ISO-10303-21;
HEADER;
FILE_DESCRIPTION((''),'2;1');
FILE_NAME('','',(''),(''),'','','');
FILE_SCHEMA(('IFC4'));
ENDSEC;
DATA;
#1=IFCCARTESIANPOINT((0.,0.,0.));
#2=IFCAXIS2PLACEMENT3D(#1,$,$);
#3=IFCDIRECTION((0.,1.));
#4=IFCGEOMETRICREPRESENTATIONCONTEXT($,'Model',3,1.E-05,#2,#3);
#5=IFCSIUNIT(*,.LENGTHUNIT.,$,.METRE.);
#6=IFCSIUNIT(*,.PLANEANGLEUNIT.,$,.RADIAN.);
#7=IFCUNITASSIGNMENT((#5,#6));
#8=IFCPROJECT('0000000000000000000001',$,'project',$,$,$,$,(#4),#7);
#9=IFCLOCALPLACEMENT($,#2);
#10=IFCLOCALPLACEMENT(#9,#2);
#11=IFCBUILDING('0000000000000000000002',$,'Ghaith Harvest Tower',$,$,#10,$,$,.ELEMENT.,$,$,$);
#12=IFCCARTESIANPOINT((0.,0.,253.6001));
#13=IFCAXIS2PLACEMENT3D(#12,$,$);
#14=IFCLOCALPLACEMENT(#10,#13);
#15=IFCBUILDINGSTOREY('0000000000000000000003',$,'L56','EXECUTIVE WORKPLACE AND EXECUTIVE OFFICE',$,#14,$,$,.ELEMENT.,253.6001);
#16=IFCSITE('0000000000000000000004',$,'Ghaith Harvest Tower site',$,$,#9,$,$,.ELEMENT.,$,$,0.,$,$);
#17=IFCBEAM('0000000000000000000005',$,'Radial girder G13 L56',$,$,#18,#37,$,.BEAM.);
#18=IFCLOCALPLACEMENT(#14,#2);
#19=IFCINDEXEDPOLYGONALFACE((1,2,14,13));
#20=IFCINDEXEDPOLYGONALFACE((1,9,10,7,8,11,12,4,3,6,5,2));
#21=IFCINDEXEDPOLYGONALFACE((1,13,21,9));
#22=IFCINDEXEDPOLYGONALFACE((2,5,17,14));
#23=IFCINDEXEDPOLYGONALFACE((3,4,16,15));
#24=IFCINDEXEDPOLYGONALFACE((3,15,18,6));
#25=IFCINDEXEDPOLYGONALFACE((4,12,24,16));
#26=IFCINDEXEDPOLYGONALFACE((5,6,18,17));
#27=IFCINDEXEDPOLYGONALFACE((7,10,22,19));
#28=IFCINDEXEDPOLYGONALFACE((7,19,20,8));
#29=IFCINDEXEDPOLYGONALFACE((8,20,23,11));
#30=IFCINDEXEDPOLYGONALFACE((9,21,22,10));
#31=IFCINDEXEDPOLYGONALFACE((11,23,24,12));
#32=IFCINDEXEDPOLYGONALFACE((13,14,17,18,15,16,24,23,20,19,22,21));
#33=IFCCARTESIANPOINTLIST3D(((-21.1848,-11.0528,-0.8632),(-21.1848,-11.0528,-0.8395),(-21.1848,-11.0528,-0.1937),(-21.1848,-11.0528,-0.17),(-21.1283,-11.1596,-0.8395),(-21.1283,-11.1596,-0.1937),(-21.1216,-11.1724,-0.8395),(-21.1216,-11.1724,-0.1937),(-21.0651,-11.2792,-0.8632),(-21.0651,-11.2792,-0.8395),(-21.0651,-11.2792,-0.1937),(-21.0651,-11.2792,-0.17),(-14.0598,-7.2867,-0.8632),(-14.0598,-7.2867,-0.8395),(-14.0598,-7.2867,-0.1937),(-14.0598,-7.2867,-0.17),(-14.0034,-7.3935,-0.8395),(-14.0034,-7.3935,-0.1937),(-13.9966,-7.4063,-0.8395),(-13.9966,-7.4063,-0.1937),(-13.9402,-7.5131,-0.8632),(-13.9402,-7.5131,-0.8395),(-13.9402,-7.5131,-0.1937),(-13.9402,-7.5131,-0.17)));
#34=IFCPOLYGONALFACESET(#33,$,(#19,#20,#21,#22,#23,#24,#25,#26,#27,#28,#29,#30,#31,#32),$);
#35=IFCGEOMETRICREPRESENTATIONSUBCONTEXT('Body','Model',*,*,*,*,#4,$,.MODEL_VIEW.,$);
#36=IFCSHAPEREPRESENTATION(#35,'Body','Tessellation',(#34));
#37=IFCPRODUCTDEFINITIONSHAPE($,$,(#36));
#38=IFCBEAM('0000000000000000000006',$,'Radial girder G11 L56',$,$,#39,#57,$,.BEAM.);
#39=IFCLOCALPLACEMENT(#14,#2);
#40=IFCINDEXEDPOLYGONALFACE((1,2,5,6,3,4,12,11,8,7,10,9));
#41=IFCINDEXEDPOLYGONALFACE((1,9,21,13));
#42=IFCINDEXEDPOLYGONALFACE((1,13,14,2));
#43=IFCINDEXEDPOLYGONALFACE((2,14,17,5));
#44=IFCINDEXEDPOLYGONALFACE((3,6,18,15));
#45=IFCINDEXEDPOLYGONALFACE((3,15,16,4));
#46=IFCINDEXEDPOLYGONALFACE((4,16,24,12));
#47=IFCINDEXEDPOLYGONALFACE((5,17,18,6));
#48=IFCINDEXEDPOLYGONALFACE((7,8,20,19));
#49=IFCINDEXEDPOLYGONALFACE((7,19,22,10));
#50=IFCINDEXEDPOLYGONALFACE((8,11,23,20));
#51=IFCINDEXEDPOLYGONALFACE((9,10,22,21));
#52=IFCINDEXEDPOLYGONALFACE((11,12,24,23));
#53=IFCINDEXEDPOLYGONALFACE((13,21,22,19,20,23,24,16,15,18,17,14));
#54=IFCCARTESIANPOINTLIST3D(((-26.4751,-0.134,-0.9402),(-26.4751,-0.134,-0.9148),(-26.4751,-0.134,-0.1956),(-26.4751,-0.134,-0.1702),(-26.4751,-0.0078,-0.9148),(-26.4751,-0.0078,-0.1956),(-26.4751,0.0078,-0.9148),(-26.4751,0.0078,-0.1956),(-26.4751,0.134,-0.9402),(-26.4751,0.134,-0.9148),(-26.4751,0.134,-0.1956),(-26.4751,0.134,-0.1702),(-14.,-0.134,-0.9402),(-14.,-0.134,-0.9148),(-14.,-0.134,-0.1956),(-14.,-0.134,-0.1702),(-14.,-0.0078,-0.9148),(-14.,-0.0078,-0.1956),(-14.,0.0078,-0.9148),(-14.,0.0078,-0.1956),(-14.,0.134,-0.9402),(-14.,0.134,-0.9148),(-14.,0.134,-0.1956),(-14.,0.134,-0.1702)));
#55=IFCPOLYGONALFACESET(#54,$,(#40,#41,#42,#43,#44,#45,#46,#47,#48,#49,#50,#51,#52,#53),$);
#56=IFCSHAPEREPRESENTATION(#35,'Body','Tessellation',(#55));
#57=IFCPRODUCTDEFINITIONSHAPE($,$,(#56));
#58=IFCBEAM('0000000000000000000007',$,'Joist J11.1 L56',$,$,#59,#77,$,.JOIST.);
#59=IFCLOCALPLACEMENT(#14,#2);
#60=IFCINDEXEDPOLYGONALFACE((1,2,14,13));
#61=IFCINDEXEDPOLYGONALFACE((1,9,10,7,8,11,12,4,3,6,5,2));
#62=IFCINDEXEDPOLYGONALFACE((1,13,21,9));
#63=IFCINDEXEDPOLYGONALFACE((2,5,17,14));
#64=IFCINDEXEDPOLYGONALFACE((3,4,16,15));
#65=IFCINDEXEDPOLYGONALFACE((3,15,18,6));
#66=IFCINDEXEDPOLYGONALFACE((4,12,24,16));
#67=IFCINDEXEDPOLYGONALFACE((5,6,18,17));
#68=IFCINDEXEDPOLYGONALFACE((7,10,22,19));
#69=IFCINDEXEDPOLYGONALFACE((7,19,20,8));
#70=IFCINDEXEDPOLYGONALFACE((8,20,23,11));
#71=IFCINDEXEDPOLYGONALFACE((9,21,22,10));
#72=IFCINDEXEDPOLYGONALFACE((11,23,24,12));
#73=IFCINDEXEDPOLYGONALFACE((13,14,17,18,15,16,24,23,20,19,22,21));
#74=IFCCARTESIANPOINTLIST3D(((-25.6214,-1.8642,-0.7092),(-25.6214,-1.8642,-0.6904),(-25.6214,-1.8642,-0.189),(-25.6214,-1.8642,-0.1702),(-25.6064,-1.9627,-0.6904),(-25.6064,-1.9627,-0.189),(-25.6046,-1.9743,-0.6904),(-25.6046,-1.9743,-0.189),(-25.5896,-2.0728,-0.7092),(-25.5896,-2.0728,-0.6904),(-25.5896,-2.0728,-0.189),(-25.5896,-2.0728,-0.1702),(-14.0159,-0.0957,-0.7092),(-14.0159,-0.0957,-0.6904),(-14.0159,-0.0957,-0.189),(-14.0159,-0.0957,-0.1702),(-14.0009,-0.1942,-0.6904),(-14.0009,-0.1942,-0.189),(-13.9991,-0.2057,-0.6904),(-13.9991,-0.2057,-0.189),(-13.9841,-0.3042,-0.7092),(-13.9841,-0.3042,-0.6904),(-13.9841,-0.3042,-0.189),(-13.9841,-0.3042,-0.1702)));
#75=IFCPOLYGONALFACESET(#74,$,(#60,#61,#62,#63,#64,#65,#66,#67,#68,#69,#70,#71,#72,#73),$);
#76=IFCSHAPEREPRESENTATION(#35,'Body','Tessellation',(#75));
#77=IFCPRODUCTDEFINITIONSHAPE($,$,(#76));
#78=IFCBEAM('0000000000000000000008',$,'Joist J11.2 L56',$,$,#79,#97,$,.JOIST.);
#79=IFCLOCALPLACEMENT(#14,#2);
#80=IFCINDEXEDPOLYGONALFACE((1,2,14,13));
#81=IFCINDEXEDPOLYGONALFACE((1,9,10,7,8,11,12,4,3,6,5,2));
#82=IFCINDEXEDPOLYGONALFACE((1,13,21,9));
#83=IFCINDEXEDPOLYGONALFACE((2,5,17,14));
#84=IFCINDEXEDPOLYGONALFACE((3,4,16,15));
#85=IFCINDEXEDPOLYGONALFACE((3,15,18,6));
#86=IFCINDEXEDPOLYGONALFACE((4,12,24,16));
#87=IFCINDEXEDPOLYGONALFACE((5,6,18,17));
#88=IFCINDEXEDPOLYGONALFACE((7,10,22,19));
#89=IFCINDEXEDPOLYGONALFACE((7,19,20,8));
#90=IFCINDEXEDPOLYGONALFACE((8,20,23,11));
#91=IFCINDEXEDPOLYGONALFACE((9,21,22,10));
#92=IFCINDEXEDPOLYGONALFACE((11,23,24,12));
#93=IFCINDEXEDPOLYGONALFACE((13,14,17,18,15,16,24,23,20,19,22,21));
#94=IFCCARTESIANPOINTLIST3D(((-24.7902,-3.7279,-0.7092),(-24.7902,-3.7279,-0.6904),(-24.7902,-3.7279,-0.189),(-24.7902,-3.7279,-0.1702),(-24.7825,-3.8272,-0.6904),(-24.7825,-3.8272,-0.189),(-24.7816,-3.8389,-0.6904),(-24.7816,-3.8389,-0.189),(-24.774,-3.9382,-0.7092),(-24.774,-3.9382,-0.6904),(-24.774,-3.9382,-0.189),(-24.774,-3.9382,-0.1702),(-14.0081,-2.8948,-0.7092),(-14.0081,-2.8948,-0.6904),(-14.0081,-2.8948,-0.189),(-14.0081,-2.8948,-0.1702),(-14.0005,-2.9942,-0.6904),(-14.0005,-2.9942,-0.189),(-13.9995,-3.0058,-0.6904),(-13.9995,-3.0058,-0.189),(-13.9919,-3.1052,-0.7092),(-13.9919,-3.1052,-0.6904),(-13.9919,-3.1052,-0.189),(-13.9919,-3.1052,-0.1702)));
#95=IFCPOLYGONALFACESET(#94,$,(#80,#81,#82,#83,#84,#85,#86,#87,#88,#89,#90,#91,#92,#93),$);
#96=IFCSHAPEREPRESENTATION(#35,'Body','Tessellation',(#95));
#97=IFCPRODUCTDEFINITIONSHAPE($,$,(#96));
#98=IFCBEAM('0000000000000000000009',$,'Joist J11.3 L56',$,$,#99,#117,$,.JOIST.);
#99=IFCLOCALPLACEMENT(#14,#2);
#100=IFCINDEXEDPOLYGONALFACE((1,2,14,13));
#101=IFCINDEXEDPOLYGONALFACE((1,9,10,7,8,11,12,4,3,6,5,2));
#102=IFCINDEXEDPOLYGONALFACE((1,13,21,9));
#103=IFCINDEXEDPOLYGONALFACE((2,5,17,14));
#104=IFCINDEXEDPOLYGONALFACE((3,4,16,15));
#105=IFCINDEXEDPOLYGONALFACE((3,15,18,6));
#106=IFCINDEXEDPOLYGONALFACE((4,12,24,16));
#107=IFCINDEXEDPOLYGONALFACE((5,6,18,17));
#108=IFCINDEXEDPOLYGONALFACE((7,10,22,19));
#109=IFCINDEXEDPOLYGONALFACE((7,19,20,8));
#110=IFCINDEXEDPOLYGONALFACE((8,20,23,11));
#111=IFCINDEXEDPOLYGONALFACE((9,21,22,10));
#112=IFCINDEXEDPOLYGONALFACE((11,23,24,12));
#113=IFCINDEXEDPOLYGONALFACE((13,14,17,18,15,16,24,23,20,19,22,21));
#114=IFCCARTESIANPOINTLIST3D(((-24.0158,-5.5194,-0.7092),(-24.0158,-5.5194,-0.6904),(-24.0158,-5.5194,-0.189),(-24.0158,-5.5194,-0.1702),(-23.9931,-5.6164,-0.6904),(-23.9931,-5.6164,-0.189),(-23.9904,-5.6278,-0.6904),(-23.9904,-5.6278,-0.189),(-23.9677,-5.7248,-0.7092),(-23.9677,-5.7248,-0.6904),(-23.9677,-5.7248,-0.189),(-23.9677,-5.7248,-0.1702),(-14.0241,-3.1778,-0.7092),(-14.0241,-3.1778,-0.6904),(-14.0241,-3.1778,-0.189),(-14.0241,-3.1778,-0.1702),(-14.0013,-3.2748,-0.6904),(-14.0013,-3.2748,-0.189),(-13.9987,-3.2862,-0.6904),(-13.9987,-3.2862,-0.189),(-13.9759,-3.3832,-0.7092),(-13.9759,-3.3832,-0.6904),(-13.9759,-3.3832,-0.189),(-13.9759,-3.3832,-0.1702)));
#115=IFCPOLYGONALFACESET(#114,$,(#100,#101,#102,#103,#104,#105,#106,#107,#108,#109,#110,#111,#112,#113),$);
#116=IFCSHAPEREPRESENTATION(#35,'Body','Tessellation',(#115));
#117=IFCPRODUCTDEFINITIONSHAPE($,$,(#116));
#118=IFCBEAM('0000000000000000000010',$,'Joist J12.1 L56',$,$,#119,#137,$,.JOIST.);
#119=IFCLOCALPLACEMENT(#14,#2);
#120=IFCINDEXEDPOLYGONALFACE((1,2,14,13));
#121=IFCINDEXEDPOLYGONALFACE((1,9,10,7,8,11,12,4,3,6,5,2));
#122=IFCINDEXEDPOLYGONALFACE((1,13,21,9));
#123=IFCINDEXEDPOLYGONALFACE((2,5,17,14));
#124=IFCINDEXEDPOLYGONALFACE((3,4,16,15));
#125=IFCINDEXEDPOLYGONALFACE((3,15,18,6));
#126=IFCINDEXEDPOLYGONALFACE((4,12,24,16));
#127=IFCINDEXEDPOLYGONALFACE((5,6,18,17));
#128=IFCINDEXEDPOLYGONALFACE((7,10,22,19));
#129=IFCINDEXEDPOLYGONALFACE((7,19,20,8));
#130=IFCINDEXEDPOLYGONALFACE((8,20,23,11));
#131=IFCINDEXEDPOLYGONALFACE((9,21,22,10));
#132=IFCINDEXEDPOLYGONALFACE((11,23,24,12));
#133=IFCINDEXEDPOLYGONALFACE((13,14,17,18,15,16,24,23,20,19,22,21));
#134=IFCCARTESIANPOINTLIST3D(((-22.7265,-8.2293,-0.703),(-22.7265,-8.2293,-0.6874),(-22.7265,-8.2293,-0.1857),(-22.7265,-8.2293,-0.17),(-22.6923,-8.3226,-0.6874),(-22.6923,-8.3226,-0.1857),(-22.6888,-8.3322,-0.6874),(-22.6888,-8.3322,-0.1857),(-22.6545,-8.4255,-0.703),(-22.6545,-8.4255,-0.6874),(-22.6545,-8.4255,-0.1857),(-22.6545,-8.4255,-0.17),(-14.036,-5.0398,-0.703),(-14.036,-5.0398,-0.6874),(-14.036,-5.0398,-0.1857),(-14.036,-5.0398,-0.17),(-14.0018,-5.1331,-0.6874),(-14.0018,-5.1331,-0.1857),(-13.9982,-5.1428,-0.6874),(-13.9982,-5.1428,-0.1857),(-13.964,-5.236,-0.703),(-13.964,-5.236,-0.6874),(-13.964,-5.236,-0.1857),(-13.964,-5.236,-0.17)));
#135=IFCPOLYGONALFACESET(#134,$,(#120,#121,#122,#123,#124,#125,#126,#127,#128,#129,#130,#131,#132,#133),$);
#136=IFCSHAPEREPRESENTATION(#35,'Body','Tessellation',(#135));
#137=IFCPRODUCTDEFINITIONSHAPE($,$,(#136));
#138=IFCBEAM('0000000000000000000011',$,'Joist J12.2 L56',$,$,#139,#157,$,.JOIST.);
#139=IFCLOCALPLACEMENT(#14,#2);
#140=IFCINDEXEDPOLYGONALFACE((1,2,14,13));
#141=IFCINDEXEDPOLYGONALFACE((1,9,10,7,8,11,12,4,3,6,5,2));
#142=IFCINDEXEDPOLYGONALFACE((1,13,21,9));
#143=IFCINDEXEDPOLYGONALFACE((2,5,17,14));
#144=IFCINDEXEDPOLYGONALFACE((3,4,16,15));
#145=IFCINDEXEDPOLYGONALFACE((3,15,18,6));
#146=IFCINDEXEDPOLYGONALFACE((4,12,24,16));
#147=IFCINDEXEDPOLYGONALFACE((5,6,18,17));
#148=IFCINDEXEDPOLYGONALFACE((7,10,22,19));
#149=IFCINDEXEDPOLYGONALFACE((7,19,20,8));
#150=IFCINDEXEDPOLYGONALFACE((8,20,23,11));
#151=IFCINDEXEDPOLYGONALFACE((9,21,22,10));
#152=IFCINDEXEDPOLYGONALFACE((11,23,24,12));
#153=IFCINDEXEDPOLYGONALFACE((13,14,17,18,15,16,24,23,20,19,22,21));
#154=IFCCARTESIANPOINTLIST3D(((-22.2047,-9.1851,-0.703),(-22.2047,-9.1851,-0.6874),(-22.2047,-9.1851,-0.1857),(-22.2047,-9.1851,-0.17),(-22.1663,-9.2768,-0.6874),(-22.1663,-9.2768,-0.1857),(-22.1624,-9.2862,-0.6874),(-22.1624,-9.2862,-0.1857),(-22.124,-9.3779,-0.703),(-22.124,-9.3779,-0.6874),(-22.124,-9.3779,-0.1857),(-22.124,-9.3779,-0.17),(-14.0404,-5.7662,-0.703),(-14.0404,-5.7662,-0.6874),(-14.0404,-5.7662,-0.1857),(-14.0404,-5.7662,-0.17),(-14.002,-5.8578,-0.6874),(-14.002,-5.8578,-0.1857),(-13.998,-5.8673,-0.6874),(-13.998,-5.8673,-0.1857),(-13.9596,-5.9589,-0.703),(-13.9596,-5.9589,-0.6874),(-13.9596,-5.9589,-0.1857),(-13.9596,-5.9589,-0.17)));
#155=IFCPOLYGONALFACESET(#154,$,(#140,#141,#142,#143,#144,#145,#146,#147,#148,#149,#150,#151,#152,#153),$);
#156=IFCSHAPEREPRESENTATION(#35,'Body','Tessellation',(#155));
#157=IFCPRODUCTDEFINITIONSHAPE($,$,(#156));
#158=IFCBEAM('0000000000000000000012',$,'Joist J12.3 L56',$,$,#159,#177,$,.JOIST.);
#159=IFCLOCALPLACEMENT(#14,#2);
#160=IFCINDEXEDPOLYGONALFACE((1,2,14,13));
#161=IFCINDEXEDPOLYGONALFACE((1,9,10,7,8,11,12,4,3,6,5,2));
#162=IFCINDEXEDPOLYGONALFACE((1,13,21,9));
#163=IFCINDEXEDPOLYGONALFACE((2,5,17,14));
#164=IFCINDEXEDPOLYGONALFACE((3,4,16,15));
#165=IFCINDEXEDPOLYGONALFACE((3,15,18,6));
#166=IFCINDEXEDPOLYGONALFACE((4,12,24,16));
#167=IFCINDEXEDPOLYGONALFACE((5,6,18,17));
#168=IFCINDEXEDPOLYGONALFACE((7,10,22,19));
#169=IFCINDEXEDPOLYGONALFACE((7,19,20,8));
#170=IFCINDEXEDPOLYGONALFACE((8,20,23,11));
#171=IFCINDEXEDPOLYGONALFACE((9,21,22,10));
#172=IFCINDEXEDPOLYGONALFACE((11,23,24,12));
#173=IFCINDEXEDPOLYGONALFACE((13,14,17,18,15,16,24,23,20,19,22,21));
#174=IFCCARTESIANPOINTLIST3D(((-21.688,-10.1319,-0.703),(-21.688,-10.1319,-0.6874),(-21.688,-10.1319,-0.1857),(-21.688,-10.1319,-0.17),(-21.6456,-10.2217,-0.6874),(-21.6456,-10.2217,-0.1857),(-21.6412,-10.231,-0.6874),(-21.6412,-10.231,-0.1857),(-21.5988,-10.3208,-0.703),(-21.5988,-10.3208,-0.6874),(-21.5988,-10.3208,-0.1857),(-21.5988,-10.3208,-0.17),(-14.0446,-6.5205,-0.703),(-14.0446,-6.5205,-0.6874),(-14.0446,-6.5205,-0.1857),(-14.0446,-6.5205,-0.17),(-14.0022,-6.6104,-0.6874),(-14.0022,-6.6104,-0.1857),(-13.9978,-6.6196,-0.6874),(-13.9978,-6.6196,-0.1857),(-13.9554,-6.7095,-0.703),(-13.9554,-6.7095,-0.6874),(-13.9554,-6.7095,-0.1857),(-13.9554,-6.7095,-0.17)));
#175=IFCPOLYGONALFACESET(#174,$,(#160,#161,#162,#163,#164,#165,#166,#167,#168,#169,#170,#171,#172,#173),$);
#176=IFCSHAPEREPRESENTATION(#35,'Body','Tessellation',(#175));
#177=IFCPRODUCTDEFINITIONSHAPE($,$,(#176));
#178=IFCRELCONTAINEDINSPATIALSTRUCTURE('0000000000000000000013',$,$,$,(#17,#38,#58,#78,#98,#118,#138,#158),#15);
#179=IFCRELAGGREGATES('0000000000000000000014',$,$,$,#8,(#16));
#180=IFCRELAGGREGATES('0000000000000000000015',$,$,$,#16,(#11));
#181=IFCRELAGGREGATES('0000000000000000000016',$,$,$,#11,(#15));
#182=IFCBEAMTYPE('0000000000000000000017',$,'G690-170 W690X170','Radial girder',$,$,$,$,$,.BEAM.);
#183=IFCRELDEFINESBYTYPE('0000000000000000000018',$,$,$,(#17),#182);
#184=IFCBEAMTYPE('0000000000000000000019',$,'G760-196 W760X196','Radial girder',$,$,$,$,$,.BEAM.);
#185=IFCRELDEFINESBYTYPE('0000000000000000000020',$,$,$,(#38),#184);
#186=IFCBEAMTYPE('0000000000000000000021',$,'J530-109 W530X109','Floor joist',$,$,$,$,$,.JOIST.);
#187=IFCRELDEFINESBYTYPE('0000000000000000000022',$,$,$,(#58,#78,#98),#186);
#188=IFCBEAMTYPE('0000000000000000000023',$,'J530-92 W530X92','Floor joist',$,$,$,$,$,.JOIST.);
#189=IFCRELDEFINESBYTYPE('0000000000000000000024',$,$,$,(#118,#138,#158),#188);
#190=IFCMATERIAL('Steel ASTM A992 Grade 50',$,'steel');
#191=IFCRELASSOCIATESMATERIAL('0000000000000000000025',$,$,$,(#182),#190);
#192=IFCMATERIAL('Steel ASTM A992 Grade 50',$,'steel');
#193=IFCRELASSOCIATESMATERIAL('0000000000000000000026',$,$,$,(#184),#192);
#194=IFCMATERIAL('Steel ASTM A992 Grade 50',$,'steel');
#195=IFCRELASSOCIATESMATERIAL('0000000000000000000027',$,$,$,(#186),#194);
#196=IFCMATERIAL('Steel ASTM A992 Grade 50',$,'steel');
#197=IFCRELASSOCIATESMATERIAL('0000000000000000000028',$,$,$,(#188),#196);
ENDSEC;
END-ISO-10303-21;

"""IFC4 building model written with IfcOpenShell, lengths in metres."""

from ifc_helpers import new_model, si_unit, direction, frame, origin, origin_2d, place, context, subcontext, project, spatial, i_section, extrude, material, material_profile, profile_set, type_object, element, save


model = new_model("IFC4")

# Units and contexts
model_context = context("Model", 3, precision=1e-05, world=origin(), true_north=direction((0.0, 1.0)))
body_context = subcontext(model_context, "Body", "Model", "MODEL_VIEW")
ifc_project = project(units=[si_unit("LENGTHUNIT", "METRE"), si_unit("PLANEANGLEUNIT", "RADIAN")], contexts=[model_context])

# Site, building, storey
site_placement = place(None, origin())
site = spatial("IfcSite", under=ifc_project, at=site_placement, Name="Ghaith Harvest Tower site", CompositionType="ELEMENT", RefElevation=0.0)
building_placement = place(site_placement, origin())
building = spatial("IfcBuilding", under=site, at=building_placement, Name="Ghaith Harvest Tower", CompositionType="ELEMENT")
storey_placement = place(building_placement, frame((0.0, 0.0, 253.6001)))
storey = spatial("IfcBuildingStorey", under=building, at=storey_placement, Name="L56", Description="EXECUTIVE WORKPLACE AND EXECUTIVE OFFICE", CompositionType="ELEMENT", Elevation=253.6001)

# Beams
ifc_material_1 = material(Name="Steel ASTM A992 Grade 50", Category="steel")
ifc_material_profile_1 = material_profile(ifc_material_1, i_section(OverallWidth=0.2561, OverallDepth=0.6931, WebThickness=0.0144, FlangeThickness=0.0237, at=origin_2d()), Name="W690X170")
ifc_profile_set_1 = profile_set([ifc_material_profile_1], Name="Steel ASTM A992 Grade 50")
beam_type_1 = type_object("IfcBeamType", Name="G690-170 W690X170", Description="Radial girder", PredefinedType="BEAM", material=ifc_profile_set_1)
beam_1_placement = place(storey_placement, frame((-14.0, -7.3999, -0.5166), z_axis=(-0.884093, -0.467311, 0.0), x_axis=(0.467311, -0.884093, 0.0)))
element("IfcBeam", 1, at=beam_1_placement, inside=storey, type_object=beam_type_1, Name="Radial girder G13 L56", PredefinedType="BEAM", context=body_context, shape_type="SweptSolid", body=[
    extrude(i_section(OverallWidth=0.2561, OverallDepth=0.6931, WebThickness=0.0144, FlangeThickness=0.0237, at=origin_2d()), origin(), (0.0, 0.0, 1.0), 8.0591),
])
ifc_material_2 = material(Name="Steel ASTM A992 Grade 50", Category="steel")
ifc_material_profile_2 = material_profile(ifc_material_2, i_section(OverallWidth=0.2681, OverallDepth=0.77, WebThickness=0.0156, FlangeThickness=0.0254, at=origin_2d()), Name="W760X196")
ifc_profile_set_2 = profile_set([ifc_material_profile_2], Name="Steel ASTM A992 Grade 50")
beam_type_2 = type_object("IfcBeamType", Name="G760-196 W760X196", Description="Radial girder", PredefinedType="BEAM", material=ifc_profile_set_2)
beam_2_placement = place(storey_placement, frame((-14.0, 0.0, -0.5552), z_axis=(-1.0, 0.0, 0.0), x_axis=(0.0, -1.0, 0.0)))
element("IfcBeam", 2, at=beam_2_placement, inside=storey, type_object=beam_type_2, Name="Radial girder G11 L56", PredefinedType="BEAM", context=body_context, shape_type="SweptSolid", body=[
    extrude(i_section(OverallWidth=0.2681, OverallDepth=0.77, WebThickness=0.0156, FlangeThickness=0.0254, at=origin_2d()), origin(), (0.0, 0.0, 1.0), 12.4751),
])
ifc_material_3 = material(Name="Steel ASTM A992 Grade 50", Category="steel")
ifc_material_profile_3 = material_profile(ifc_material_3, i_section(OverallWidth=0.2109, OverallDepth=0.5391, WebThickness=0.0117, FlangeThickness=0.0188, at=origin_2d()), Name="W530X109")
ifc_profile_set_3 = profile_set([ifc_material_profile_3], Name="Steel ASTM A992 Grade 50")
beam_type_3 = type_object("IfcBeamType", Name="J530-109 W530X109", Description="Floor joist", PredefinedType="JOIST", material=ifc_profile_set_3)
beam_3_placement = place(storey_placement, frame((-14.0, -0.2, -0.4397), z_axis=(-0.988587, -0.150651, 0.0), x_axis=(0.150651, -0.988587, 0.0)))
element("IfcBeam", 3, at=beam_3_placement, inside=storey, type_object=beam_type_3, Name="Joist J11.1 L56", PredefinedType="JOIST", context=body_context, shape_type="SweptSolid", body=[
    extrude(i_section(OverallWidth=0.2109, OverallDepth=0.5391, WebThickness=0.0117, FlangeThickness=0.0188, at=origin_2d()), origin(), (0.0, 0.0, 1.0), 11.7395),
])
beam_4_placement = place(storey_placement, frame((-14.0, -3.0, -0.4397), z_axis=(-0.997029, -0.07703, 0.0), x_axis=(0.07703, -0.997029, 0.0)))
element("IfcBeam", 4, at=beam_4_placement, inside=storey, type_object=beam_type_3, Name="Joist J11.2 L56", PredefinedType="JOIST", context=body_context, shape_type="SweptSolid", body=[
    extrude(i_section(OverallWidth=0.2109, OverallDepth=0.5391, WebThickness=0.0117, FlangeThickness=0.0188, at=origin_2d()), origin(), (0.0, 0.0, 1.0), 10.8142),
])
beam_5_placement = place(storey_placement, frame((-14.0, -3.2805, -0.4397), z_axis=(-0.973622, -0.228168, 0.0), x_axis=(0.228168, -0.973622, 0.0)))
element("IfcBeam", 5, at=beam_5_placement, inside=storey, type_object=beam_type_3, Name="Joist J11.3 L56", PredefinedType="JOIST", context=body_context, shape_type="SweptSolid", body=[
    extrude(i_section(OverallWidth=0.2109, OverallDepth=0.5391, WebThickness=0.0117, FlangeThickness=0.0188, at=origin_2d()), origin(), (0.0, 0.0, 1.0), 10.2625),
])
ifc_material_4 = material(Name="Steel ASTM A992 Grade 50", Category="steel")
ifc_material_profile_4 = material_profile(ifc_material_4, i_section(OverallWidth=0.209, OverallDepth=0.533, WebThickness=0.0103, FlangeThickness=0.0156, at=origin_2d()), Name="W530X92")
ifc_profile_set_4 = profile_set([ifc_material_profile_4], Name="Steel ASTM A992 Grade 50")
beam_type_4 = type_object("IfcBeamType", Name="J530-92 W530X92", Description="Floor joist", PredefinedType="JOIST", material=ifc_profile_set_4)
beam_6_placement = place(storey_placement, frame((-14.0, -5.1379, -0.4365), z_axis=(-0.938773, -0.344537, 0.0), x_axis=(0.344537, -0.938773, 0.0)))
element("IfcBeam", 6, at=beam_6_placement, inside=storey, type_object=beam_type_4, Name="Joist J12.1 L56", PredefinedType="JOIST", context=body_context, shape_type="SweptSolid", body=[
    extrude(i_section(OverallWidth=0.209, OverallDepth=0.533, WebThickness=0.0103, FlangeThickness=0.0156, at=origin_2d()), origin(), (0.0, 0.0, 1.0), 9.2573),
])
beam_7_placement = place(storey_placement, frame((-14.0, -5.8625, -0.4365), z_axis=(-0.922388, -0.386266, 0.0), x_axis=(0.386266, -0.922388, 0.0)))
element("IfcBeam", 7, at=beam_7_placement, inside=storey, type_object=beam_type_4, Name="Joist J12.2 L56", PredefinedType="JOIST", context=body_context, shape_type="SweptSolid", body=[
    extrude(i_section(OverallWidth=0.209, OverallDepth=0.533, WebThickness=0.0103, FlangeThickness=0.0156, at=origin_2d()), origin(), (0.0, 0.0, 1.0), 8.8513),
])
beam_8_placement = place(storey_placement, frame((-14.0, -6.615, -0.4365), z_axis=(-0.904158, -0.427198, 0.0), x_axis=(0.427198, -0.904158, 0.0)))
element("IfcBeam", 8, at=beam_8_placement, inside=storey, type_object=beam_type_4, Name="Joist J12.3 L56", PredefinedType="JOIST", context=body_context, shape_type="SweptSolid", body=[
    extrude(i_section(OverallWidth=0.209, OverallDepth=0.533, WebThickness=0.0103, FlangeThickness=0.0156, at=origin_2d()), origin(), (0.0, 0.0, 1.0), 8.4536),
])

save(model, "model.ifc")
